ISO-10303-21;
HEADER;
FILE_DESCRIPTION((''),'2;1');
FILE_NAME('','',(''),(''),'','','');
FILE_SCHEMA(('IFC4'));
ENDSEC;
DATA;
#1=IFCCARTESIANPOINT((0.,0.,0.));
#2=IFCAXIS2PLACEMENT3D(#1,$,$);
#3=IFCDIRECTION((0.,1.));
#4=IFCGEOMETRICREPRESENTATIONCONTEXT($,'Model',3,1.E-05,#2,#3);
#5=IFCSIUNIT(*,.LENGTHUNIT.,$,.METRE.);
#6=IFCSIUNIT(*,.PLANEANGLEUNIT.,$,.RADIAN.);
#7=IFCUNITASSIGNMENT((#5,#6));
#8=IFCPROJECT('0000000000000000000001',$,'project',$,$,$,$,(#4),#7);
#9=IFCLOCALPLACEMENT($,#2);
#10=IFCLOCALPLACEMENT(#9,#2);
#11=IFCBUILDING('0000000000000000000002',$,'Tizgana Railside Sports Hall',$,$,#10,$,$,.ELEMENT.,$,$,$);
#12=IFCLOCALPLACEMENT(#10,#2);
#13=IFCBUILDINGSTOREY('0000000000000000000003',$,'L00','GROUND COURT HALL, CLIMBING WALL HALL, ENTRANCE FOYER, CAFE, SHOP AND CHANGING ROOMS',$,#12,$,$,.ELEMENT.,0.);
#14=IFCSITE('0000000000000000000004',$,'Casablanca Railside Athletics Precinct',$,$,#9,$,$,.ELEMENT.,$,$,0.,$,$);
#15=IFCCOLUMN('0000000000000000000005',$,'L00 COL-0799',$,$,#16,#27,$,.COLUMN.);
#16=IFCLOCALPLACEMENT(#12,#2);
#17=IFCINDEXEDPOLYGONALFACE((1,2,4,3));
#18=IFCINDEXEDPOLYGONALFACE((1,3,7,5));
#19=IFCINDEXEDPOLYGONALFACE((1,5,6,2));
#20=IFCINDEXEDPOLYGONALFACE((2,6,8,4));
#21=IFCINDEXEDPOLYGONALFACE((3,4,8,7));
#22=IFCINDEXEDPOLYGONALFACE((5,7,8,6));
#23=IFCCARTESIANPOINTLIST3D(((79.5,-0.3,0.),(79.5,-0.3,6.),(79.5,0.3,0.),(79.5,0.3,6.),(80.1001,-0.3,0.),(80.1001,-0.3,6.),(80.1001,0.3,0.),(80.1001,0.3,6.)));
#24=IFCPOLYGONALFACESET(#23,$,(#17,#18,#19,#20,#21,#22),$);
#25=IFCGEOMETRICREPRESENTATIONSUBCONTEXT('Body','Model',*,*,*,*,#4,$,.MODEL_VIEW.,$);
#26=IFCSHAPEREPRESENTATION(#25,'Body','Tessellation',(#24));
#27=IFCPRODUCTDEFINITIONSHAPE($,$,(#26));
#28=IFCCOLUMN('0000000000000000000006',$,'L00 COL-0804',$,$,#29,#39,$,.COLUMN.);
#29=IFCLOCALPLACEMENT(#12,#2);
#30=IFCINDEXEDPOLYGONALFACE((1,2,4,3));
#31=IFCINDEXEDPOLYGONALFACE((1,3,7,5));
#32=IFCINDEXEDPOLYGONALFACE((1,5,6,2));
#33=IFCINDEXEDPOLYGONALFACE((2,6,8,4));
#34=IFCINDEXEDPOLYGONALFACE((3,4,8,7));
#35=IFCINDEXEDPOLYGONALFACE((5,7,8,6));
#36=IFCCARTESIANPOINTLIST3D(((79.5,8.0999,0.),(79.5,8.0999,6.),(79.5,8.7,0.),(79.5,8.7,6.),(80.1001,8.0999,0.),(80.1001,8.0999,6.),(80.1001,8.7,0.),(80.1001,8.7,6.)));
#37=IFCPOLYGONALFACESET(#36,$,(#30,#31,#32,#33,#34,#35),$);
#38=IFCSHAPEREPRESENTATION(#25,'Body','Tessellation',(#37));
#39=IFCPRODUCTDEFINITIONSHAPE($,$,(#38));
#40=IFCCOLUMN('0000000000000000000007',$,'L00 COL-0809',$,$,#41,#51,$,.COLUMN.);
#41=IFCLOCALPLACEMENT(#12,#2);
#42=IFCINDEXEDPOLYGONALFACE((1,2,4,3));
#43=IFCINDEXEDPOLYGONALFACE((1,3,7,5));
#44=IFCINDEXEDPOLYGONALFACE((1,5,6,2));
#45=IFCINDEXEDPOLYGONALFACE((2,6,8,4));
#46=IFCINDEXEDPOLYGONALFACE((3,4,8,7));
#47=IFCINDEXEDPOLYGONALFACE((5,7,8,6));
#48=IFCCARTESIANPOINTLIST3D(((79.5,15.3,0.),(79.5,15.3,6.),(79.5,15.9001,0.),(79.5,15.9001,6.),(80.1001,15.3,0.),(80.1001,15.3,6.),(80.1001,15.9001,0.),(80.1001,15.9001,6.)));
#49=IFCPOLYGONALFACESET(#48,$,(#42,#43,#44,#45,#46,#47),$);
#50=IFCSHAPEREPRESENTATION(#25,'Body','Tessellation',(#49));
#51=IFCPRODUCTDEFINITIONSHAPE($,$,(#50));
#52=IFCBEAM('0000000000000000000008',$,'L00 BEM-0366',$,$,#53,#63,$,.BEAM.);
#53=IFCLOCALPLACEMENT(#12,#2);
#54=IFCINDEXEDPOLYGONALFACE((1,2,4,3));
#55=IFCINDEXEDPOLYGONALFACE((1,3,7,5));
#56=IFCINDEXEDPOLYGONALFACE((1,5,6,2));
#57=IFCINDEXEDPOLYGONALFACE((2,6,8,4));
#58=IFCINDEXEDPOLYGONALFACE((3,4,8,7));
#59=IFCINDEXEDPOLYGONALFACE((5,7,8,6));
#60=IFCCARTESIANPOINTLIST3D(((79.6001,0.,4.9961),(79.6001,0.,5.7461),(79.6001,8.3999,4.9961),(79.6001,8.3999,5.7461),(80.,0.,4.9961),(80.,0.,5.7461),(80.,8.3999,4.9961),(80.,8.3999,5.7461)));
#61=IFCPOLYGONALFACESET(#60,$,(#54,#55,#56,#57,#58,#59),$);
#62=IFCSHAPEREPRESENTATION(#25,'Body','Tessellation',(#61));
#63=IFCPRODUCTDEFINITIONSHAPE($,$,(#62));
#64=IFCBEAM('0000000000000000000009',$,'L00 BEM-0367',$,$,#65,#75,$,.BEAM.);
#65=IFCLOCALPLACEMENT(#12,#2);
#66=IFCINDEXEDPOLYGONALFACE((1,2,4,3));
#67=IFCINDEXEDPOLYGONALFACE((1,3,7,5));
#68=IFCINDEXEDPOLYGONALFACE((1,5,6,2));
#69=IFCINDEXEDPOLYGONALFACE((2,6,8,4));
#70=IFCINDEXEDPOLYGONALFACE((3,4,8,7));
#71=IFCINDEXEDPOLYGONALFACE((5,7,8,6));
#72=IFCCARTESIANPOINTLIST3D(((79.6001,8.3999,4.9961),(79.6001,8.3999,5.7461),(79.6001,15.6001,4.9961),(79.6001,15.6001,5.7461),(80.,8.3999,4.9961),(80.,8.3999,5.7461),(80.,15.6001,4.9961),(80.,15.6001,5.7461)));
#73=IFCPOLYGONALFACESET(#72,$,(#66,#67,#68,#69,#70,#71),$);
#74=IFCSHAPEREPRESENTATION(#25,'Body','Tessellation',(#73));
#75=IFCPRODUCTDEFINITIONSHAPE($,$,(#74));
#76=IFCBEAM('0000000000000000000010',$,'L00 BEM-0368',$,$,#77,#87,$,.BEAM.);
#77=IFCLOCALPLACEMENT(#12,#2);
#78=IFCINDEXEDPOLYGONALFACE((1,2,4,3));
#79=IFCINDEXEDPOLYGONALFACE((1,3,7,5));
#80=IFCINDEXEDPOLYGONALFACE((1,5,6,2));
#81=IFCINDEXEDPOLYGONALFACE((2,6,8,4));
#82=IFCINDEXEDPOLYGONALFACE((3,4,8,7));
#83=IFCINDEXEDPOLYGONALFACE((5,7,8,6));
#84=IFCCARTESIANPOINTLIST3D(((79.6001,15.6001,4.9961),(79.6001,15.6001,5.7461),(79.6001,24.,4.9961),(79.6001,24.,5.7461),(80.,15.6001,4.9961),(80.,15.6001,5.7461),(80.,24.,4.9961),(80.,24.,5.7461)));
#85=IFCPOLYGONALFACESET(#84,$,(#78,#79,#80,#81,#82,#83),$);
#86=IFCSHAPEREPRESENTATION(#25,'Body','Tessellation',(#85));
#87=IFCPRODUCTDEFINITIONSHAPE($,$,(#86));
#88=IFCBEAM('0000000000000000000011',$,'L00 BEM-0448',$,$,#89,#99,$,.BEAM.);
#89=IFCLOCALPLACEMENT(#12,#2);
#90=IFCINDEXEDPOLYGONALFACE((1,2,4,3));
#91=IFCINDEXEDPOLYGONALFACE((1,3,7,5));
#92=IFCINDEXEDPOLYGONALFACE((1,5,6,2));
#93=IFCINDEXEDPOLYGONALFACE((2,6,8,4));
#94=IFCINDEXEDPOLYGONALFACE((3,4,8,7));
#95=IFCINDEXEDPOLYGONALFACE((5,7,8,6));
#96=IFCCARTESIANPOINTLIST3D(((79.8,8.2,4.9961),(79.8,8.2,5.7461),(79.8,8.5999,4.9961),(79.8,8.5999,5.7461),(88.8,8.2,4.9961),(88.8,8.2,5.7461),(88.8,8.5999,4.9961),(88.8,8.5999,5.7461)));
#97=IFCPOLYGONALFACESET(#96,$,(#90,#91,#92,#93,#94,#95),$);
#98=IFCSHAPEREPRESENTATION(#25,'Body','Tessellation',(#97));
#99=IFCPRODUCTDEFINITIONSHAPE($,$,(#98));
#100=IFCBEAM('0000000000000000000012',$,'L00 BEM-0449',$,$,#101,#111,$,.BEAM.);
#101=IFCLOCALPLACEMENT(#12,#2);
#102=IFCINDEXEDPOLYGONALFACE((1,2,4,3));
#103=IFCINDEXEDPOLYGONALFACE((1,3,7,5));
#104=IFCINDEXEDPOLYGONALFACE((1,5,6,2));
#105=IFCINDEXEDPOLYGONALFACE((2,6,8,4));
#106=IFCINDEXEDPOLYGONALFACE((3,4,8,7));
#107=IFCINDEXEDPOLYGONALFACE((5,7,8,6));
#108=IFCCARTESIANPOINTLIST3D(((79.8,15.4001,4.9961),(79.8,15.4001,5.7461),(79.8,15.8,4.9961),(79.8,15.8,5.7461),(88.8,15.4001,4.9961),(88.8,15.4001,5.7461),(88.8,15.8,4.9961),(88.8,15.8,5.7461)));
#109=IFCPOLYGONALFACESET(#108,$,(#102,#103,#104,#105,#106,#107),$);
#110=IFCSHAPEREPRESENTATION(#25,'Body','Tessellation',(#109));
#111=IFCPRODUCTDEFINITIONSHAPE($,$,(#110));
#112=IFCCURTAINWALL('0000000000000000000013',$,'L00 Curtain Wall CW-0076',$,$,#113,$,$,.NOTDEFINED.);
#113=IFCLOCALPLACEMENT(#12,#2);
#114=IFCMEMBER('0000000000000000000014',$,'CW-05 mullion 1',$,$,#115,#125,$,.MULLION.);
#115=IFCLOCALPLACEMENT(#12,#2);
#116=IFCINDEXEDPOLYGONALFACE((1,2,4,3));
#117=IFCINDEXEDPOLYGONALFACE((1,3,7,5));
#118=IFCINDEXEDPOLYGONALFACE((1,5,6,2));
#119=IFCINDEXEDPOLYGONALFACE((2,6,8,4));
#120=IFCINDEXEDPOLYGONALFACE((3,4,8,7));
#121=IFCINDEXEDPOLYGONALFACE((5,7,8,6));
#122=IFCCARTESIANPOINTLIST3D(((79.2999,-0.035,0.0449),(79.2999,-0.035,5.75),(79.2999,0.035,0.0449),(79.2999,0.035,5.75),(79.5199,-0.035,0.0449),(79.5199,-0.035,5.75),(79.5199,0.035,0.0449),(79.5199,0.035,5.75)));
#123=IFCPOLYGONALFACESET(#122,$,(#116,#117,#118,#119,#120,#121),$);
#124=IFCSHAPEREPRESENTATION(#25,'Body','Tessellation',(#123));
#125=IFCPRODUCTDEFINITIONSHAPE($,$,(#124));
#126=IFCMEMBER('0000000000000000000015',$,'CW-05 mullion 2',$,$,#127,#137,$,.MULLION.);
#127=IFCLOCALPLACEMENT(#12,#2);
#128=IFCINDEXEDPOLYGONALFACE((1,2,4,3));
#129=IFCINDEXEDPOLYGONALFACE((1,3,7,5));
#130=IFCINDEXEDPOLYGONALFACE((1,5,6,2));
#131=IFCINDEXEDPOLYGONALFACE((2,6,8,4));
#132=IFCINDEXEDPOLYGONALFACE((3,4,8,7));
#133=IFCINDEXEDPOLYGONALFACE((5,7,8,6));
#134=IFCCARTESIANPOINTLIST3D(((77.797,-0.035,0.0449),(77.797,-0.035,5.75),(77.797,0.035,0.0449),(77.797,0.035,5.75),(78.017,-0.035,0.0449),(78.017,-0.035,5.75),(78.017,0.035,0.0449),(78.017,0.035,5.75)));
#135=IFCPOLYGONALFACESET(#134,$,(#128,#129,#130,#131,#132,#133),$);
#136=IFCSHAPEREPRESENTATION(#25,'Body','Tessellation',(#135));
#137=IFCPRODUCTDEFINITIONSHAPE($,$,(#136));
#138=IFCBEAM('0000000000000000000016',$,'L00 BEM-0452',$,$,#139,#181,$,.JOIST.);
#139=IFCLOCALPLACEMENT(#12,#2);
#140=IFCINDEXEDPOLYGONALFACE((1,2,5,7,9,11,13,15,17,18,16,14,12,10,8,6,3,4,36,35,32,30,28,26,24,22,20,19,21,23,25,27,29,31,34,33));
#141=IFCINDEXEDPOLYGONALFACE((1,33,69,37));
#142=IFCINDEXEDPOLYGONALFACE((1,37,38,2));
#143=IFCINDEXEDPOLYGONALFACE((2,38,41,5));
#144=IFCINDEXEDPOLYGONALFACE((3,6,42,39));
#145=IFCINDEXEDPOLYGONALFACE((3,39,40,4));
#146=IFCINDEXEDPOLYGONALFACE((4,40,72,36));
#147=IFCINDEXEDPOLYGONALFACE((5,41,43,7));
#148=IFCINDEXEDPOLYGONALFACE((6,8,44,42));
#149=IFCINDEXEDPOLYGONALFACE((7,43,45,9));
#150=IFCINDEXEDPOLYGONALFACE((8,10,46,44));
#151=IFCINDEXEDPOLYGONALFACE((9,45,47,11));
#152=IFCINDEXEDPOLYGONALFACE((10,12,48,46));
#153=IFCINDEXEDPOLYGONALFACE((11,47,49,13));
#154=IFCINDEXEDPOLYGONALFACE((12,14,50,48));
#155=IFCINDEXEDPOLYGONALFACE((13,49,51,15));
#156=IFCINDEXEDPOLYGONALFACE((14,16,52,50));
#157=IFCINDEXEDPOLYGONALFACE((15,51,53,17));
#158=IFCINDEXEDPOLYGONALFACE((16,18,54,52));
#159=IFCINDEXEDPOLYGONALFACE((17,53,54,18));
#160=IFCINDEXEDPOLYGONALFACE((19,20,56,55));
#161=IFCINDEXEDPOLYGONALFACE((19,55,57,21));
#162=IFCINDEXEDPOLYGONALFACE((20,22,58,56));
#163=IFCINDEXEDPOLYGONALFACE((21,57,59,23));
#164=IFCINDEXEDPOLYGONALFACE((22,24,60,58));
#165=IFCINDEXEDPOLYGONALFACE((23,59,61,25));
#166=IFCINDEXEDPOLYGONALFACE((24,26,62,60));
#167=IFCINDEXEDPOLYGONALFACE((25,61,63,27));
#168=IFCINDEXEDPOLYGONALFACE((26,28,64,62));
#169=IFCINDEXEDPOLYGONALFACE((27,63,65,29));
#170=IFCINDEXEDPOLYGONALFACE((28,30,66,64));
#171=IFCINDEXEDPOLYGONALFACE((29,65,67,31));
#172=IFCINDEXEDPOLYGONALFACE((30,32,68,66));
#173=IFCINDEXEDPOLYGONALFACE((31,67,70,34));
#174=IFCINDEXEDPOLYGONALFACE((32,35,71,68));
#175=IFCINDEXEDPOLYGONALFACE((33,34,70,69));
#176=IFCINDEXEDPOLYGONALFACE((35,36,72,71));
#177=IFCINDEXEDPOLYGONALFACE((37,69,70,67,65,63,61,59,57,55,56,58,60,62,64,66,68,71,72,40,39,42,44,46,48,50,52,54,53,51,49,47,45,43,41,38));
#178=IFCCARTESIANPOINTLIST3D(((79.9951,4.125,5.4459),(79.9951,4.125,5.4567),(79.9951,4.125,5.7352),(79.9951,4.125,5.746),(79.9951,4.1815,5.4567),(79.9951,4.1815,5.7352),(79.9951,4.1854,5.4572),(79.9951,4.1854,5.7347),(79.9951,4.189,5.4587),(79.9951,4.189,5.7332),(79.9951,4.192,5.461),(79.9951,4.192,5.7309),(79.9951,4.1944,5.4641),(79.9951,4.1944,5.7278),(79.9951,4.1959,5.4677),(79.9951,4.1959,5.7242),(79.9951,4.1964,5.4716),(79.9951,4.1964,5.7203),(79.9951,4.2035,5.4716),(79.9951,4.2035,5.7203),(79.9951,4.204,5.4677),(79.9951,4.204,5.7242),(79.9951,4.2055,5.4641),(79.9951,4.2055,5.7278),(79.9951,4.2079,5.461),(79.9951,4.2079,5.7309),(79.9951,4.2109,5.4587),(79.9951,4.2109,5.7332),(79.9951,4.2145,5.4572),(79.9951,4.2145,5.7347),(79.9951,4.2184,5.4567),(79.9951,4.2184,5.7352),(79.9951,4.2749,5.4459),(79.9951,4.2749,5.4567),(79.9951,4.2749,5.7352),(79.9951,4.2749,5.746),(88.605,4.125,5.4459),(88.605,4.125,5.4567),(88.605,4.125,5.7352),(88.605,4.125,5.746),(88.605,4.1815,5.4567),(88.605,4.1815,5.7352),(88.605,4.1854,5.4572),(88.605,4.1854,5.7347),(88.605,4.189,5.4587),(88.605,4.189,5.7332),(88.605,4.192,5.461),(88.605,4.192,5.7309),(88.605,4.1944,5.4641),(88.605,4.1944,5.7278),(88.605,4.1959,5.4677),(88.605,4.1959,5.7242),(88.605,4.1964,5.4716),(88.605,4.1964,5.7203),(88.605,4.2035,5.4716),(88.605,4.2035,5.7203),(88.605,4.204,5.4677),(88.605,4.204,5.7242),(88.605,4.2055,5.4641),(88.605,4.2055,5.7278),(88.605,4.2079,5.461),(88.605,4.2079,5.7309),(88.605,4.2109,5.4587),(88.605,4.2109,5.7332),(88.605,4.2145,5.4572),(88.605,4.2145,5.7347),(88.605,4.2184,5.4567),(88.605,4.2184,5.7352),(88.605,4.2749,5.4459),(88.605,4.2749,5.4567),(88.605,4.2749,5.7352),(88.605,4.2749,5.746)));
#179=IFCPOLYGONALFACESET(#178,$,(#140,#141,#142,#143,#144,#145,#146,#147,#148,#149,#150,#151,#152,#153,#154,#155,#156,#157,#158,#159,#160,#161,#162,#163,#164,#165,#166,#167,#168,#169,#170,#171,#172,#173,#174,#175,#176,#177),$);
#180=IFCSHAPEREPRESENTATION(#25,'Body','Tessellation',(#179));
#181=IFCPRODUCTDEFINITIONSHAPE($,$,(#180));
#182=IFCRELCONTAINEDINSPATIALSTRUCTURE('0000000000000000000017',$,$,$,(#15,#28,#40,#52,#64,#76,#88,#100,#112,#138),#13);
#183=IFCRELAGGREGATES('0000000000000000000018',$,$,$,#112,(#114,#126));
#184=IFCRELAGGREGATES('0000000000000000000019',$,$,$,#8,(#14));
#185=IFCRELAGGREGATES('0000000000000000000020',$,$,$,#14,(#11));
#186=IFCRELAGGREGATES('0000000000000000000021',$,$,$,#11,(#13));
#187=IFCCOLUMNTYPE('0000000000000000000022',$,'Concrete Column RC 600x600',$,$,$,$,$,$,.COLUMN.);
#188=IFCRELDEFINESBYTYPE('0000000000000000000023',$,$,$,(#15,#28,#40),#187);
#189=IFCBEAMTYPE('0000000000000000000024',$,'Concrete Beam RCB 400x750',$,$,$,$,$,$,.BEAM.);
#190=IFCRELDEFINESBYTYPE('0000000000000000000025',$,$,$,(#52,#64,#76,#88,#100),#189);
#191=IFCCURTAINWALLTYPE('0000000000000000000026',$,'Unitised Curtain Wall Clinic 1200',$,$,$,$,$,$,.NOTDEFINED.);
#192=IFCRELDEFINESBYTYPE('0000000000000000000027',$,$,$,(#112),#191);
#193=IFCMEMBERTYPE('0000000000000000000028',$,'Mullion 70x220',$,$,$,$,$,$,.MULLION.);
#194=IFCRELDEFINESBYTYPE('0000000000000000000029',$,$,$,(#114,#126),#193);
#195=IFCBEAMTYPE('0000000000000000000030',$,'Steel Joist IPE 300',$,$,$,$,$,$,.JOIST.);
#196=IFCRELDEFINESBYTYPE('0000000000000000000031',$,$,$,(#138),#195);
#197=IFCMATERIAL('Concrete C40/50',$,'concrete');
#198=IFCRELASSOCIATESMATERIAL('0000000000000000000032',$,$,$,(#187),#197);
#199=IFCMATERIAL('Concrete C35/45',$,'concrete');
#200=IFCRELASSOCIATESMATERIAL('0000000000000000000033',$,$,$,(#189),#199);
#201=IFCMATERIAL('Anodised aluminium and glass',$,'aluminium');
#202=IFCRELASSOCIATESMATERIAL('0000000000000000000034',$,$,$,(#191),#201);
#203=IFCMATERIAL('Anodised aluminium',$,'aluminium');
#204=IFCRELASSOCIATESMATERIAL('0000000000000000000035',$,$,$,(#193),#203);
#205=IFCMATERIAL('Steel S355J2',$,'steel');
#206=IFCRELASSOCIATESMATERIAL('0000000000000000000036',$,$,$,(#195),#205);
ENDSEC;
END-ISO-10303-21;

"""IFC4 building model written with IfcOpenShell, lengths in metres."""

from ifc_helpers import new_model, si_unit, direction, frame, origin, origin_2d, place, context, subcontext, project, spatial, rectangle, i_section, extrude, material, material_profile, profile_set, type_object, element, aggregate, save


model = new_model("IFC4")

# Units and contexts
model_context = context("Model", 3, precision=1e-05, world=origin(), true_north=direction((0.0, 1.0)))
body_context = subcontext(model_context, "Body", "Model", "MODEL_VIEW")
ifc_project = project(units=[si_unit("LENGTHUNIT", "METRE"), si_unit("PLANEANGLEUNIT", "RADIAN")], contexts=[model_context])

# Site, building, storey
site_placement = place(None, origin())
site = spatial("IfcSite", under=ifc_project, at=site_placement, Name="Casablanca Railside Athletics Precinct", CompositionType="ELEMENT", RefElevation=0.0)
building_placement = place(site_placement, origin())
building = spatial("IfcBuilding", under=site, at=building_placement, Name="Tizgana Railside Sports Hall", CompositionType="ELEMENT")
storey_placement = place(building_placement, origin())
storey = spatial("IfcBuildingStorey", under=building, at=storey_placement, Name="L00", Description="GROUND COURT HALL, CLIMBING WALL HALL, ENTRANCE FOYER, CAFE, SHOP AND CHANGING ROOMS", CompositionType="ELEMENT", Elevation=0.0)

# Columns
ifc_material_1 = material(Name="Concrete C40/50", Category="concrete")
ifc_material_profile_1 = material_profile(ifc_material_1, rectangle(XDim=0.6001, YDim=0.6001, at=origin_2d()), Name="RC 600x600")
ifc_profile_set_1 = profile_set([ifc_material_profile_1], Name="Concrete C40/50")
column_type = type_object("IfcColumnType", Name="Concrete Column RC 600x600", PredefinedType="COLUMN", material=ifc_profile_set_1)
for number, where, z_axis, x_axis, name in (
    (1, (79.8, 0.0, 0.0), (0.0, 0.0, 1.0), (1.0, 0.0, 0.0), "L00 COL-0799"),
    (2, (79.8, 8.3999, 0.0), (0.0, 0.0, 1.0), (1.0, 0.0, 0.0), "L00 COL-0804"),
    (3, (79.8, 15.6001, 0.0), (0.0, 0.0, 1.0), (1.0, 0.0, 0.0), "L00 COL-0809"),
):
    element("IfcColumn", number, at=place(storey_placement, frame(where, z_axis=z_axis, x_axis=x_axis)), inside=storey, type_object=column_type, Name=name, PredefinedType="COLUMN", context=body_context, shape_type="SweptSolid", body=[
        extrude(rectangle(XDim=0.6001, YDim=0.6001, at=origin_2d()), origin(), (0.0, 0.0, 1.0), 6.0),
    ])

# Beams
ifc_material_2 = material(Name="Concrete C35/45", Category="concrete")
ifc_material_profile_2 = material_profile(ifc_material_2, rectangle(XDim=0.3999, YDim=0.75, at=origin_2d()), Name="RCB 400x750")
ifc_profile_set_2 = profile_set([ifc_material_profile_2], Name="Concrete C35/45")
beam_type_1 = type_object("IfcBeamType", Name="Concrete Beam RCB 400x750", PredefinedType="BEAM", material=ifc_profile_set_2)
beam_1_placement = place(storey_placement, frame((79.8, 0.0, 5.3711), z_axis=(0.0, 1.0, 0.0), x_axis=(-1.0, 0.0, 0.0)))
element("IfcBeam", 4, at=beam_1_placement, inside=storey, type_object=beam_type_1, Name="L00 BEM-0366", PredefinedType="BEAM", context=body_context, shape_type="SweptSolid", body=[
    extrude(rectangle(XDim=0.3999, YDim=0.75, at=origin_2d()), origin(), (0.0, 0.0, 1.0), 8.3999),
])
beam_2_placement = place(storey_placement, frame((79.8, 8.3999, 5.3711), z_axis=(0.0, 1.0, 0.0), x_axis=(-1.0, 0.0, 0.0)))
element("IfcBeam", 5, at=beam_2_placement, inside=storey, type_object=beam_type_1, Name="L00 BEM-0367", PredefinedType="BEAM", context=body_context, shape_type="SweptSolid", body=[
    extrude(rectangle(XDim=0.3999, YDim=0.75, at=origin_2d()), origin(), (0.0, 0.0, 1.0), 7.2002),
])
beam_3_placement = place(storey_placement, frame((79.8, 15.6001, 5.3711), z_axis=(0.0, 1.0, 0.0), x_axis=(-1.0, 0.0, 0.0)))
element("IfcBeam", 6, at=beam_3_placement, inside=storey, type_object=beam_type_1, Name="L00 BEM-0368", PredefinedType="BEAM", context=body_context, shape_type="SweptSolid", body=[
    extrude(rectangle(XDim=0.3999, YDim=0.75, at=origin_2d()), origin(), (0.0, 0.0, 1.0), 8.3999),
])
for number, where, z_axis, x_axis, name in (
    (7, (79.8, 8.3999, 5.3711), (1.0, 0.0, 0.0), (0.0, 1.0, 0.0), "L00 BEM-0448"),
    (8, (79.8, 15.6001, 5.3711), (1.0, 0.0, 0.0), (0.0, 1.0, 0.0), "L00 BEM-0449"),
):
    element("IfcBeam", number, at=place(storey_placement, frame(where, z_axis=z_axis, x_axis=x_axis)), inside=storey, type_object=beam_type_1, Name=name, PredefinedType="BEAM", context=body_context, shape_type="SweptSolid", body=[
        extrude(rectangle(XDim=0.3999, YDim=0.75, at=origin_2d()), origin(), (0.0, 0.0, 1.0), 9.0),
    ])

# Curtain wall, members
ifc_material_3 = material(Name="Anodised aluminium and glass", Category="aluminium")
curtain_wall_type = type_object("IfcCurtainWallType", Name="Unitised Curtain Wall Clinic 1200", PredefinedType="NOTDEFINED", material=ifc_material_3)
curtain_wall_placement = place(storey_placement, origin())
curtain_wall = element("IfcCurtainWall", 9, at=curtain_wall_placement, inside=storey, type_object=curtain_wall_type, Name="L00 Curtain Wall CW-0076", PredefinedType="NOTDEFINED")
ifc_material_4 = material(Name="Anodised aluminium", Category="aluminium")
ifc_material_profile_3 = material_profile(ifc_material_4, rectangle(XDim=0.0701, YDim=0.22, at=origin_2d()), Name="Mullion 70x220")
ifc_profile_set_3 = profile_set([ifc_material_profile_3], Name="Anodised aluminium")
member_type_1 = type_object("IfcMemberType", Name="Mullion 70x220", PredefinedType="MULLION", material=ifc_profile_set_3)
member_1_placement = place(storey_placement, frame((79.4099, 0.0, 0.0449), z_axis=(0.0, 0.0, 1.0), x_axis=(0.0, -1.0, 0.0)))
member_1 = element("IfcMember", 10, at=member_1_placement, type_object=member_type_1, Name="CW-05 mullion 1", PredefinedType="MULLION", context=body_context, shape_type="SweptSolid", body=[
    extrude(rectangle(XDim=0.0701, YDim=0.22, at=origin_2d()), origin(), (0.0, 0.0, 1.0), 5.7051),
])
member_2_placement = place(storey_placement, frame((77.907, 0.0, 0.0449), z_axis=(0.0, 0.0, 1.0), x_axis=(0.0, -1.0, 0.0)))
member_2 = element("IfcMember", 11, at=member_2_placement, type_object=member_type_1, Name="CW-05 mullion 2", PredefinedType="MULLION", context=body_context, shape_type="SweptSolid", body=[
    extrude(rectangle(XDim=0.0701, YDim=0.22, at=origin_2d()), origin(), (0.0, 0.0, 1.0), 5.7051),
])

# Beam
ifc_material_5 = material(Name="Steel S355J2", Category="steel")
ifc_material_profile_4 = material_profile(ifc_material_5, i_section(OverallWidth=0.1499, OverallDepth=0.3, WebThickness=0.0071, FlangeThickness=0.0107, FilletRadius=0.0149, at=origin_2d()), Name="IPE 300")
ifc_profile_set_4 = profile_set([ifc_material_profile_4], Name="Steel S355J2")
beam_type_2 = type_object("IfcBeamType", Name="Steel Joist IPE 300", PredefinedType="JOIST", material=ifc_profile_set_4)
for number, where, z_axis, x_axis, name in (
    (12, (79.9951, 4.2, 5.5959), (1.0, 0.0, 0.0), (0.0, 1.0, 0.0), "L00 BEM-0452"),
):
    element("IfcBeam", number, at=place(storey_placement, frame(where, z_axis=z_axis, x_axis=x_axis)), inside=storey, type_object=beam_type_2, Name=name, PredefinedType="JOIST", context=body_context, shape_type="SweptSolid", body=[
        extrude(i_section(OverallWidth=0.1499, OverallDepth=0.3, WebThickness=0.0071, FlangeThickness=0.0107, FilletRadius=0.0149, at=origin_2d()), origin(), (0.0, 0.0, 1.0), 8.6099),
    ])

aggregate(curtain_wall, [member_1, member_2])

save(model, "model.ifc")
